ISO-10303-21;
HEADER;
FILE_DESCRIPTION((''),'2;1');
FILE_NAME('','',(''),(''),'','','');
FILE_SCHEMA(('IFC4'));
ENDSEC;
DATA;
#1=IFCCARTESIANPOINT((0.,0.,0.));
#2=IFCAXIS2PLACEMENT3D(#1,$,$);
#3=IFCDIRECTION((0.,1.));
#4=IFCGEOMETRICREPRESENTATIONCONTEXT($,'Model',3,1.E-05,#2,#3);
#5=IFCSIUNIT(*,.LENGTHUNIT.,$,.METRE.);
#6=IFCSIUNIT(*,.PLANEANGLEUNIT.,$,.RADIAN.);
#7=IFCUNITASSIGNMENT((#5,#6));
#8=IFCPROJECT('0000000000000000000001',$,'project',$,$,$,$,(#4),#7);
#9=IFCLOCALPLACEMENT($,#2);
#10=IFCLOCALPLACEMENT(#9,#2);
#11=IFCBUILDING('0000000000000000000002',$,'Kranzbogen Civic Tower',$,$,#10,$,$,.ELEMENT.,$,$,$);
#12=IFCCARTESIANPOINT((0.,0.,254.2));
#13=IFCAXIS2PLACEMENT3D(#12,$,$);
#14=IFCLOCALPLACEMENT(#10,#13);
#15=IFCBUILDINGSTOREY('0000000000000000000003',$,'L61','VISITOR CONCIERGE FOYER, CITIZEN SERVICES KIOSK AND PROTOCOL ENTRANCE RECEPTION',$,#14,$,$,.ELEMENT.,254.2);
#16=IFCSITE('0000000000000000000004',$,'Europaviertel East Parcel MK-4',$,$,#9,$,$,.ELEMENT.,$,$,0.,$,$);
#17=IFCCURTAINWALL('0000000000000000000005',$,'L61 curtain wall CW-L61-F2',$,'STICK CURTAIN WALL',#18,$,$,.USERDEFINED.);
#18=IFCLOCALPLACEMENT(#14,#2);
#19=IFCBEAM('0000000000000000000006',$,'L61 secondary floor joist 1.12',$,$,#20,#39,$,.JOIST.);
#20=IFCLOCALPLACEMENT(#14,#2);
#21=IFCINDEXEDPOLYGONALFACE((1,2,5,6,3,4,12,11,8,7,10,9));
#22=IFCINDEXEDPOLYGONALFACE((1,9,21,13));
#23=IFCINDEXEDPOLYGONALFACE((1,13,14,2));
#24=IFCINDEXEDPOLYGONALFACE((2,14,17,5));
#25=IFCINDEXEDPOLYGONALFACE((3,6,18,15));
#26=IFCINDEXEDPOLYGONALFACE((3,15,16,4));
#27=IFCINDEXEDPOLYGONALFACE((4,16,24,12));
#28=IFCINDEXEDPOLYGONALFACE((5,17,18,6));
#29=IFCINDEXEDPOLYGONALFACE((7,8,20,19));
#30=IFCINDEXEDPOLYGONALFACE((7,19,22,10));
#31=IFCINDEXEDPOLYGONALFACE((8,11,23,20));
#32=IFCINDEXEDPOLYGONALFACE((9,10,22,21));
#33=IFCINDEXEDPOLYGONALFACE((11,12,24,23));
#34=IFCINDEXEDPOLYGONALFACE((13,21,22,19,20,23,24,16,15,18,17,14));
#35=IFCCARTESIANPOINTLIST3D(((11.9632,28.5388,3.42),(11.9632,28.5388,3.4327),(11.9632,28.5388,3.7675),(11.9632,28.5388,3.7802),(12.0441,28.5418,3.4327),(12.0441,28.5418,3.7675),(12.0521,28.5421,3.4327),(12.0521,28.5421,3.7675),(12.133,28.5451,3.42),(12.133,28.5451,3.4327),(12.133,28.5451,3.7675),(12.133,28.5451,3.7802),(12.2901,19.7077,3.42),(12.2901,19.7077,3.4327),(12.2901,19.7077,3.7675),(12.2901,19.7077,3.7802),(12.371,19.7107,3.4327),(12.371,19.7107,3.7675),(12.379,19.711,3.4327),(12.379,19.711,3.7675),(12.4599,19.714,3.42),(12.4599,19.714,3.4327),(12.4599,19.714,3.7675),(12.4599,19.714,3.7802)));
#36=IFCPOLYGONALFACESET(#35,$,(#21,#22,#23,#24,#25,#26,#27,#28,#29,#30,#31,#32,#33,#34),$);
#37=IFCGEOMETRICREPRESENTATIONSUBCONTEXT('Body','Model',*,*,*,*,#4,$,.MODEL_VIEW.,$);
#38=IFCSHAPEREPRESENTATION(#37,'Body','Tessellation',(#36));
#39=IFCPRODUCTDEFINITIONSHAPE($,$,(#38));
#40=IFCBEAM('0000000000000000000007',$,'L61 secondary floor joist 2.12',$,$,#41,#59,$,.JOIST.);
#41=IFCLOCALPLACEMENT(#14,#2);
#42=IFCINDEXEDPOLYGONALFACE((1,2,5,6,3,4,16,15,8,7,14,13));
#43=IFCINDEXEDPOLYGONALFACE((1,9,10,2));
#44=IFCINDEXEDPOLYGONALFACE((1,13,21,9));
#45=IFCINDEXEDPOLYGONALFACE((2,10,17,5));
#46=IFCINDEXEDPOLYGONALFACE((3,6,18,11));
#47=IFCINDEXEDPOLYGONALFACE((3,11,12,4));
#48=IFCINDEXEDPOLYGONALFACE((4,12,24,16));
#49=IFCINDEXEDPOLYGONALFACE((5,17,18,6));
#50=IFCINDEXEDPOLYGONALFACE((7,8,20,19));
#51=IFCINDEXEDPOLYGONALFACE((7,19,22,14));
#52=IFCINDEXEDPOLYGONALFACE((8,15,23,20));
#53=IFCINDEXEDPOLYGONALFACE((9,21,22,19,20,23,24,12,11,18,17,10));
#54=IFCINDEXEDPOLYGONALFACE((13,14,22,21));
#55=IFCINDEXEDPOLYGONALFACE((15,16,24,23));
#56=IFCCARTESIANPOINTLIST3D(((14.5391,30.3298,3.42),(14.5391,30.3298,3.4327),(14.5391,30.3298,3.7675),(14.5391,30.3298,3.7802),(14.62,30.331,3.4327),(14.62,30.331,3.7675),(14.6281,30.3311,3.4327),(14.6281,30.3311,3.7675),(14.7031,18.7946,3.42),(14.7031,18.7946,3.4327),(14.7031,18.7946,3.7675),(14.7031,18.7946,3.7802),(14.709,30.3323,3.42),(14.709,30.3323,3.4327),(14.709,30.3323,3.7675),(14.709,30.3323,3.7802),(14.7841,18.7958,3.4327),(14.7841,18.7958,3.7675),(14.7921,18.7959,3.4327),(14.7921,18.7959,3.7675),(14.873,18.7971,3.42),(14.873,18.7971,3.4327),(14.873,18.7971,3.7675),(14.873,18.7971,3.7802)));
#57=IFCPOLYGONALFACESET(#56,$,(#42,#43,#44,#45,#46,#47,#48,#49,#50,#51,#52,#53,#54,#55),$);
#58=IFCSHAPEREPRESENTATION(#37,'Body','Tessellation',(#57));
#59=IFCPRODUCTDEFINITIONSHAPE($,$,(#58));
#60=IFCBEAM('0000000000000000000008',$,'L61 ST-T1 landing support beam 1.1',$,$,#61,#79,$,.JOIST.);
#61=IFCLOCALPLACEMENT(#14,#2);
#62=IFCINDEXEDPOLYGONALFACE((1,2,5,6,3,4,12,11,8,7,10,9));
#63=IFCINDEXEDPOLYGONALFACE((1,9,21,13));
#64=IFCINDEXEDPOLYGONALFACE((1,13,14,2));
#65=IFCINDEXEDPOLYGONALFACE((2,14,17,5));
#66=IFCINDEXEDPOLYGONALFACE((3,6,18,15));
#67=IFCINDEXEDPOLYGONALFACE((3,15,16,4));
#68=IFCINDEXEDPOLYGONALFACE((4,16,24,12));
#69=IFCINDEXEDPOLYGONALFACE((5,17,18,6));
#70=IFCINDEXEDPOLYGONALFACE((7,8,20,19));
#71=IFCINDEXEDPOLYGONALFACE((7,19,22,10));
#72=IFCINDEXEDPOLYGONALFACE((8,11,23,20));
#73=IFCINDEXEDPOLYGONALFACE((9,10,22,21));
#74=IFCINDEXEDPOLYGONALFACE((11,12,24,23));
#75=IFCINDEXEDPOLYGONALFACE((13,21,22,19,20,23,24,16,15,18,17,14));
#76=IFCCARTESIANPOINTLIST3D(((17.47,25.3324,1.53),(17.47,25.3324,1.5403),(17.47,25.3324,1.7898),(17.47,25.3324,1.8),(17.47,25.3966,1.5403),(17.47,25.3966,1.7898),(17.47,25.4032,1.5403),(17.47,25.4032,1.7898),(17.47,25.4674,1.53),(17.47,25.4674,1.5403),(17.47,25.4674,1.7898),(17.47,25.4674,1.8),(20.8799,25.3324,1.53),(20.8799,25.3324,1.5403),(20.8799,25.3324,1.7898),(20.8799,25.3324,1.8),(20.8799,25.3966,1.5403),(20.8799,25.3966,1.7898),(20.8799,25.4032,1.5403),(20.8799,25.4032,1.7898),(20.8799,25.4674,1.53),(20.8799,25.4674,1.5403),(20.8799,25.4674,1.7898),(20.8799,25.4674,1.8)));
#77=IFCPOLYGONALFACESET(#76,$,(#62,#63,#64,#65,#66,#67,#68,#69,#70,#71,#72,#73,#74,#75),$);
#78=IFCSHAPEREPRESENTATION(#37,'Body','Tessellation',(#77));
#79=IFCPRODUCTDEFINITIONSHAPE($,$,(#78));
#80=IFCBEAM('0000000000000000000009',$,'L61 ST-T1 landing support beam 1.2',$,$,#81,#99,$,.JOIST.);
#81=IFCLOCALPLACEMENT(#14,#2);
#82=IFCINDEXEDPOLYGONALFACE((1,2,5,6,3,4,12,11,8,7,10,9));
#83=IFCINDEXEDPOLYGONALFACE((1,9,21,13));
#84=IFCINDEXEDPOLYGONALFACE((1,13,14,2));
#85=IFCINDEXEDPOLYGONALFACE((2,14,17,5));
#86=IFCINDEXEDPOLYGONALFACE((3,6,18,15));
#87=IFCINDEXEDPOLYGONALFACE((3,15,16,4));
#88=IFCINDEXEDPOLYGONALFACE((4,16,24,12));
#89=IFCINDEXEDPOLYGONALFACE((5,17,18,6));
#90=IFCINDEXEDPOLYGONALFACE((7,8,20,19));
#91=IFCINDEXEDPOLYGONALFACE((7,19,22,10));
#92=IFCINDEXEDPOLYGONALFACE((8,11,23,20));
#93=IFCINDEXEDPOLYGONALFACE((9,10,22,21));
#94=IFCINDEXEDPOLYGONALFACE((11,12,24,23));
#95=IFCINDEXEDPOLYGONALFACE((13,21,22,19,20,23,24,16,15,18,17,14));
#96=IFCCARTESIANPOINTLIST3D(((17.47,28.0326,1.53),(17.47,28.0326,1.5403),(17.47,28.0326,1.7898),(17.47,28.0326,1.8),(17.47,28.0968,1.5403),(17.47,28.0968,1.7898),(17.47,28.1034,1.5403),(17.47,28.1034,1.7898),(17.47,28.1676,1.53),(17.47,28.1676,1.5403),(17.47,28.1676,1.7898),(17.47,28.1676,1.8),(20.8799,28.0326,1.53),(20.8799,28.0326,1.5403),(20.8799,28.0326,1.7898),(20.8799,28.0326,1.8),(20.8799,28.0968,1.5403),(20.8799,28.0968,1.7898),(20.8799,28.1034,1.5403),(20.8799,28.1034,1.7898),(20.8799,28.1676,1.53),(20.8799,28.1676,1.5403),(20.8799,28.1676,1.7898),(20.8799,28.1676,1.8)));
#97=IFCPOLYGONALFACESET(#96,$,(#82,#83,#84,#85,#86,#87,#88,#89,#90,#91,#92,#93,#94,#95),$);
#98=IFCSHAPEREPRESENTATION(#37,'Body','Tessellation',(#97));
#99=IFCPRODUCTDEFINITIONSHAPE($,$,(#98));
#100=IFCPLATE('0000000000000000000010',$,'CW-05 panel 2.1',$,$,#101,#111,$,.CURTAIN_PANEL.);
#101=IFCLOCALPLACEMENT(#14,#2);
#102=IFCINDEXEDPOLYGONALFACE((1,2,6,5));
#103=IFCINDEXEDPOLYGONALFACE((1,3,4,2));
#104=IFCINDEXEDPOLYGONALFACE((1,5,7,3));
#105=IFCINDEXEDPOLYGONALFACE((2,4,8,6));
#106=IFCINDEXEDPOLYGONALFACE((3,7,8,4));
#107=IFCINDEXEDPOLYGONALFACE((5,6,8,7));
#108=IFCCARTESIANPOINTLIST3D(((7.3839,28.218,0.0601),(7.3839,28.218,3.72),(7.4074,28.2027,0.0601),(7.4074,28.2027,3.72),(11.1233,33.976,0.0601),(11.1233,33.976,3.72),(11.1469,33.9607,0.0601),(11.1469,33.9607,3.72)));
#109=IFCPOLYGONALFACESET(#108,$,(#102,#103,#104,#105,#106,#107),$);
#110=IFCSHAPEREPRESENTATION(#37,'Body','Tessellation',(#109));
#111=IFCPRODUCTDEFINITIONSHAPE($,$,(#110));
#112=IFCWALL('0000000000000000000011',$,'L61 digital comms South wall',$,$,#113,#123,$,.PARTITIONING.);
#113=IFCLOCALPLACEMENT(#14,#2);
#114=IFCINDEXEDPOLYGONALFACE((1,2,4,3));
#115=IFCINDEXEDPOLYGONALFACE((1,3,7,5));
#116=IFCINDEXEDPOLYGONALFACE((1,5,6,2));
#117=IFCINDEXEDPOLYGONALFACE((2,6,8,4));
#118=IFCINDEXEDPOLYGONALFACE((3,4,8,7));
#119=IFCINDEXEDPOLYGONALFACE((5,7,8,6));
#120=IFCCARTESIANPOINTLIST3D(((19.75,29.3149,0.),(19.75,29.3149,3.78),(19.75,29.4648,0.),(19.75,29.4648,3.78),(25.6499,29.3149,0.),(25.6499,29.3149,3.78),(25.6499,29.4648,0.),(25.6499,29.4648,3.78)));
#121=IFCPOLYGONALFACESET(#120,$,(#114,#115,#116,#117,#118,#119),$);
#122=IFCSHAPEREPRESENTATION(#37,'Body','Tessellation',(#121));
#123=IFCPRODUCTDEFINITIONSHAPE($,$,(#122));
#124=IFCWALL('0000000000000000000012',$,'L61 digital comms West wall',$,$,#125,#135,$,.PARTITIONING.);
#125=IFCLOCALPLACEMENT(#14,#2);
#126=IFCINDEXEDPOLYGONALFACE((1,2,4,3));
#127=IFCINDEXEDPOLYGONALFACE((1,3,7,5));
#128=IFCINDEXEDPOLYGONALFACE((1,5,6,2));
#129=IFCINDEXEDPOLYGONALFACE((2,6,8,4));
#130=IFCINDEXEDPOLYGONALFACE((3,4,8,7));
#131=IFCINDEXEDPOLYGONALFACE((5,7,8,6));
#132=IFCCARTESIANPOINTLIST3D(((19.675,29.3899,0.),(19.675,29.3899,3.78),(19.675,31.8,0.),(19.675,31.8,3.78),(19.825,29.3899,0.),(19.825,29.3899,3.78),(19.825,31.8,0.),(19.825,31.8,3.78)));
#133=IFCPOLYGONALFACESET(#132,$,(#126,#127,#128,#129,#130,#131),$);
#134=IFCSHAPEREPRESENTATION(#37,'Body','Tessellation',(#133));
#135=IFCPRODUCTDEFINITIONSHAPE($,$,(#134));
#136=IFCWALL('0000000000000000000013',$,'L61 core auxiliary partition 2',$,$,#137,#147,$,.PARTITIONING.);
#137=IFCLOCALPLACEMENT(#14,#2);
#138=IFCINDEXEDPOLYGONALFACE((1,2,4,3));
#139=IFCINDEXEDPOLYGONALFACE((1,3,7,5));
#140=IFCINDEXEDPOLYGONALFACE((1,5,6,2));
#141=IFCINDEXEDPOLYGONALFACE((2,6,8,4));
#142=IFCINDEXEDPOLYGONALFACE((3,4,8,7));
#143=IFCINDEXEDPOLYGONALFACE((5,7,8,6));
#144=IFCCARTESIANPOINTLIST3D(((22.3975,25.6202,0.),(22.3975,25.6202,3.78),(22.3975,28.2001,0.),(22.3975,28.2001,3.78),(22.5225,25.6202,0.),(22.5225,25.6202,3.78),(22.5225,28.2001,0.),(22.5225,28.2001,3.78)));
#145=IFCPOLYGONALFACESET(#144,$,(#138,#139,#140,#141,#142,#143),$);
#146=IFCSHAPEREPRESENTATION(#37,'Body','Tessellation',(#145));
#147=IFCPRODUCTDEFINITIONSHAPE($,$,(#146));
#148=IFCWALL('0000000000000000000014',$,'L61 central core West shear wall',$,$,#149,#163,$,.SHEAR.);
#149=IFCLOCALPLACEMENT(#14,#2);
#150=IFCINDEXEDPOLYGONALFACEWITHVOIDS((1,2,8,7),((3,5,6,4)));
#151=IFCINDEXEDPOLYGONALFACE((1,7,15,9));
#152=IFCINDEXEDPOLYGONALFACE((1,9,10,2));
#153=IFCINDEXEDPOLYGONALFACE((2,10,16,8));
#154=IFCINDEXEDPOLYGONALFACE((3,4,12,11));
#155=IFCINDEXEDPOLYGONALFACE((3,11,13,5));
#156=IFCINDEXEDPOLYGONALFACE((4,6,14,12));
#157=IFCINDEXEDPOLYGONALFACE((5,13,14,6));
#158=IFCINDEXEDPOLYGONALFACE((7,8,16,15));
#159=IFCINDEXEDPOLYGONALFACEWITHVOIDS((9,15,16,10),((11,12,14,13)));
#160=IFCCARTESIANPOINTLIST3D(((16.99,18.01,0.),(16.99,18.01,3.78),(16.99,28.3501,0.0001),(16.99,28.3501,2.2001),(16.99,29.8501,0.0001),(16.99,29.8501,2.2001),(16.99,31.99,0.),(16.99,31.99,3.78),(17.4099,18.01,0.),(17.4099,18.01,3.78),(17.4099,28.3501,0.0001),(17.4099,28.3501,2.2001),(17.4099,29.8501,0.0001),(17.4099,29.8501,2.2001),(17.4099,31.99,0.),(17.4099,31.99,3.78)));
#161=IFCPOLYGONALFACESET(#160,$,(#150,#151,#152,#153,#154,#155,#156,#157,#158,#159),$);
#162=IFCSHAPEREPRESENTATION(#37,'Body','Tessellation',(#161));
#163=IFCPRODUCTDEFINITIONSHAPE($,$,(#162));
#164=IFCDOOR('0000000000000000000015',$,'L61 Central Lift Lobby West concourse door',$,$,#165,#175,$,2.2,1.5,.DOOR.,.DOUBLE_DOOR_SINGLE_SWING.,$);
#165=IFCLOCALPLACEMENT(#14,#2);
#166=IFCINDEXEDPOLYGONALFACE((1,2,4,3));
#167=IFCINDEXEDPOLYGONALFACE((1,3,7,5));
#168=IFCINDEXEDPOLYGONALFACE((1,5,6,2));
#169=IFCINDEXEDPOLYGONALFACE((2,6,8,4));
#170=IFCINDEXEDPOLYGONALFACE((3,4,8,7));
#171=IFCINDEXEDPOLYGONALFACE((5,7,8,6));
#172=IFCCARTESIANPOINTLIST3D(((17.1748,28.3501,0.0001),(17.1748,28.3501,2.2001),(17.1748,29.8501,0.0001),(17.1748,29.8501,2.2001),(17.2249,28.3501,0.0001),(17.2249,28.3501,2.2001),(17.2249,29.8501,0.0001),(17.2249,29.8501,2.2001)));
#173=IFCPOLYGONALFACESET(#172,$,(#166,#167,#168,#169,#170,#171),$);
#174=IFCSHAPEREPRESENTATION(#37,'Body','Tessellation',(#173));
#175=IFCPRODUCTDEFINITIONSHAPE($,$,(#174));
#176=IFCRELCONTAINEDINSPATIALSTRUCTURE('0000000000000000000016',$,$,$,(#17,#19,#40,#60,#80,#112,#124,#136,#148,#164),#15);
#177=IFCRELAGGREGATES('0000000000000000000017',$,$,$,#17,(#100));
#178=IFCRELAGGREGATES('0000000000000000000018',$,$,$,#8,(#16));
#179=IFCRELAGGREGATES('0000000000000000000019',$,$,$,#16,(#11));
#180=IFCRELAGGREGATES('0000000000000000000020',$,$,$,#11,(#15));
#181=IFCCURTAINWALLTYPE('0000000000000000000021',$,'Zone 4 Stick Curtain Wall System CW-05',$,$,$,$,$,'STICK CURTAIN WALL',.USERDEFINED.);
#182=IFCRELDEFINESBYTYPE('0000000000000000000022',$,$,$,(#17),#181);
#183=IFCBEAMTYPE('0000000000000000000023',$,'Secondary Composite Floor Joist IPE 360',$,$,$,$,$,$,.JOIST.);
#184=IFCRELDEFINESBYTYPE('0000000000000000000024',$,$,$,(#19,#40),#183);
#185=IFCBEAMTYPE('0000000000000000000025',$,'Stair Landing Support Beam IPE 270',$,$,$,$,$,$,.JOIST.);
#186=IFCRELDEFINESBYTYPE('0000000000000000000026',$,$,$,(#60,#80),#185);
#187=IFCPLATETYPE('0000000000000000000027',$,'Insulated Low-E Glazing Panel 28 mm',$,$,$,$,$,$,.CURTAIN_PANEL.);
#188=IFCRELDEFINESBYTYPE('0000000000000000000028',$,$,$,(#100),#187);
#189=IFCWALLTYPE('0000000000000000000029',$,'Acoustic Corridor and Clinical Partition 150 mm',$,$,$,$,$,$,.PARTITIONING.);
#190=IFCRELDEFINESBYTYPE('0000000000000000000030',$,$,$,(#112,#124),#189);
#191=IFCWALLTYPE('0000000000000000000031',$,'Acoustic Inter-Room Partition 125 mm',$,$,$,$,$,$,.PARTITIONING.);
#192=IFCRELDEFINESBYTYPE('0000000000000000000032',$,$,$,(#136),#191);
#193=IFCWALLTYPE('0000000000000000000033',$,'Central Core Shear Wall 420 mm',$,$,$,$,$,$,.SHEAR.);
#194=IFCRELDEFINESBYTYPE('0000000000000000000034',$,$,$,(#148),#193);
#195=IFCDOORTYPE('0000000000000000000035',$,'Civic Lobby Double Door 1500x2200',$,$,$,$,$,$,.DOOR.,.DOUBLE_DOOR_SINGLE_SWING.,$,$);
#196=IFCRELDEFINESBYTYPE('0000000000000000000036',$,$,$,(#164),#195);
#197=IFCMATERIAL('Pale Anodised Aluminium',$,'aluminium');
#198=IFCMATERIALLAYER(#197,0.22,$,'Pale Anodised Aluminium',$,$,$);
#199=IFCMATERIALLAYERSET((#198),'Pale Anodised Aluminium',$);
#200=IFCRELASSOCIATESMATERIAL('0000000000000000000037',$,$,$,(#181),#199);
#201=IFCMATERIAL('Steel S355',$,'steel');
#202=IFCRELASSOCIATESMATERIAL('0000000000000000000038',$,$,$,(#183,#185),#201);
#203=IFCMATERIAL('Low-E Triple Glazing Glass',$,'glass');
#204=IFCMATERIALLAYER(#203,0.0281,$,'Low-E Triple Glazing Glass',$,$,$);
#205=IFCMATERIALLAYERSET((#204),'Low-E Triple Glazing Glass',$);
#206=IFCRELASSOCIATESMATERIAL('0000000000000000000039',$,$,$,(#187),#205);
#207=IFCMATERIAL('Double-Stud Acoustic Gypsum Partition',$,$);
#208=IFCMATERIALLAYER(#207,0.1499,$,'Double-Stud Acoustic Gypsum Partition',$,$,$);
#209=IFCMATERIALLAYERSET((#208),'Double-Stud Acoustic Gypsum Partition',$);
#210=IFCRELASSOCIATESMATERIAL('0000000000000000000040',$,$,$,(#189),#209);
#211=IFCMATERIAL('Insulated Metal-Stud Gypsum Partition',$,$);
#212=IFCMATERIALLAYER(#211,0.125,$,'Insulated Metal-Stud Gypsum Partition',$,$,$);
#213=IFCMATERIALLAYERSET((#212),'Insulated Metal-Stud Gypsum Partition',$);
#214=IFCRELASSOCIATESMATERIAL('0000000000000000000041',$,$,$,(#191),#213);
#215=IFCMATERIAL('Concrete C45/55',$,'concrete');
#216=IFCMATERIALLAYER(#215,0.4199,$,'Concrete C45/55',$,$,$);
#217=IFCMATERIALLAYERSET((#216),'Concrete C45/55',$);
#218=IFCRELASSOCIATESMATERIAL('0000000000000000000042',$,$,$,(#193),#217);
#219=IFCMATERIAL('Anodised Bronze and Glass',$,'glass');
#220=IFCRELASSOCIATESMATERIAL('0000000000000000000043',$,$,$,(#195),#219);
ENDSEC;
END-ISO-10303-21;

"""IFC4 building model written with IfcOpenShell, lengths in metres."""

from ifc_helpers import new_model, si_unit, direction, frame, frame_2d, origin, origin_2d, place, context, subcontext, project, spatial, rectangle, i_section, extrude, material, layer, layer_set, material_profile, profile_set, type_object, element, fill, aggregate, save


model = new_model("IFC4")

# Units and contexts
model_context = context("Model", 3, precision=1e-05, world=origin(), true_north=direction((0.0, 1.0)))
body_context = subcontext(model_context, "Body", "Model", "MODEL_VIEW")
ifc_project = project(units=[si_unit("LENGTHUNIT", "METRE"), si_unit("PLANEANGLEUNIT", "RADIAN")], contexts=[model_context])

# Site, building, storey
site_placement = place(None, origin())
site = spatial("IfcSite", under=ifc_project, at=site_placement, Name="Europaviertel East Parcel MK-4", CompositionType="ELEMENT", RefElevation=0.0)
building_placement = place(site_placement, origin())
building = spatial("IfcBuilding", under=site, at=building_placement, Name="Kranzbogen Civic Tower", CompositionType="ELEMENT")
storey_placement = place(building_placement, frame((0.0, 0.0, 254.2)))
storey = spatial("IfcBuildingStorey", under=building, at=storey_placement, Name="L61", Description="VISITOR CONCIERGE FOYER, CITIZEN SERVICES KIOSK AND PROTOCOL ENTRANCE RECEPTION", CompositionType="ELEMENT", Elevation=254.2)

# Shared definitions
ifc_material_1 = material(Name="Steel S355", Category="steel")

# Curtain wall
ifc_material_2 = material(Name="Pale Anodised Aluminium", Category="aluminium")
ifc_layer_1 = layer(ifc_material_2, 0.22, Name="Pale Anodised Aluminium")
ifc_layer_set_1 = layer_set([ifc_layer_1], Name="Pale Anodised Aluminium")
curtain_wall_type = type_object("IfcCurtainWallType", Name="Zone 4 Stick Curtain Wall System CW-05", ElementType="STICK CURTAIN WALL", PredefinedType="USERDEFINED", material=ifc_layer_set_1)
curtain_wall_1_placement = place(storey_placement, origin())
curtain_wall_1 = element("IfcCurtainWall", 1, at=curtain_wall_1_placement, inside=storey, type_object=curtain_wall_type, Name="L61 curtain wall CW-L61-F2", ObjectType="STICK CURTAIN WALL", PredefinedType="USERDEFINED")

# Beams
ifc_material_profile_1 = material_profile(ifc_material_1, i_section(OverallWidth=0.1699, OverallDepth=0.3601, WebThickness=0.0081, FlangeThickness=0.0127, at=origin_2d()), Name="IPE 360")
ifc_profile_set_1 = profile_set([ifc_material_profile_1], Name="Steel S355")
beam_type_1 = type_object("IfcBeamType", Name="Secondary Composite Floor Joist IPE 360", PredefinedType="JOIST", material=ifc_profile_set_1)
beam_1_placement = place(storey_placement, frame((12.0481, 28.542, 3.6001), z_axis=(0.036992, -0.999316, 0.0), x_axis=(0.999316, 0.036992, 0.0)))
element("IfcBeam", 2, at=beam_1_placement, inside=storey, type_object=beam_type_1, Name="L61 secondary floor joist 1.12", PredefinedType="JOIST", context=body_context, shape_type="SweptSolid", body=[
    extrude(i_section(OverallWidth=0.1699, OverallDepth=0.3601, WebThickness=0.0081, FlangeThickness=0.0127, at=origin_2d()), origin(), (0.0, 0.0, 1.0), 8.8372),
])
beam_2_placement = place(storey_placement, frame((14.624, 30.3311, 3.6001), z_axis=(0.014221, -0.999899, 0.0), x_axis=(0.999899, 0.014221, 0.0)))
element("IfcBeam", 3, at=beam_2_placement, inside=storey, type_object=beam_type_1, Name="L61 secondary floor joist 2.12", PredefinedType="JOIST", context=body_context, shape_type="SweptSolid", body=[
    extrude(i_section(OverallWidth=0.1699, OverallDepth=0.3601, WebThickness=0.0081, FlangeThickness=0.0127, at=origin_2d()), origin(), (0.0, 0.0, 1.0), 11.5364),
])
ifc_material_profile_2 = material_profile(ifc_material_1, i_section(OverallWidth=0.135, OverallDepth=0.27, WebThickness=0.0066, FlangeThickness=0.0103, at=origin_2d()), Name="IPE 270")
ifc_profile_set_2 = profile_set([ifc_material_profile_2], Name="Steel S355")
beam_type_2 = type_object("IfcBeamType", Name="Stair Landing Support Beam IPE 270", PredefinedType="JOIST", material=ifc_profile_set_2)
for number, where, z_axis, x_axis, name in (
    (4, (20.8799, 25.3999, 1.665), (-1.0, 0.0, 0.0), (0.0, -1.0, 0.0), "L61 ST-T1 landing support beam 1.1"),
    (5, (20.8799, 28.1001, 1.665), (-1.0, 0.0, 0.0), (0.0, -1.0, 0.0), "L61 ST-T1 landing support beam 1.2"),
):
    element("IfcBeam", number, at=place(storey_placement, frame(where, z_axis=z_axis, x_axis=x_axis)), inside=storey, type_object=beam_type_2, Name=name, PredefinedType="JOIST", context=body_context, shape_type="SweptSolid", body=[
        extrude(i_section(OverallWidth=0.135, OverallDepth=0.27, WebThickness=0.0066, FlangeThickness=0.0103, at=origin_2d()), origin(), (0.0, 0.0, 1.0), 3.4099),
    ])

# Plate
ifc_material_3 = material(Name="Low-E Triple Glazing Glass", Category="glass")
ifc_layer_2 = layer(ifc_material_3, 0.0281, Name="Low-E Triple Glazing Glass")
ifc_layer_set_2 = layer_set([ifc_layer_2], Name="Low-E Triple Glazing Glass")
plate_type = type_object("IfcPlateType", Name="Insulated Low-E Glazing Panel 28 mm", PredefinedType="CURTAIN_PANEL", material=ifc_layer_set_2)
plate_placement = place(storey_placement, frame((9.2654, 31.0894, 0.0601), z_axis=(0.0, 0.0, 1.0), x_axis=(-0.544657, -0.838659, 0.0)))
plate = element("IfcPlate", 6, at=plate_placement, type_object=plate_type, Name="CW-05 panel 2.1", PredefinedType="CURTAIN_PANEL", context=body_context, shape_type="SweptSolid", body=[
    extrude(rectangle(XDim=6.8657, YDim=0.0281, at=origin_2d()), origin(), (0.0, 0.0, 1.0), 3.6599),
])
aggregate(curtain_wall_1, [plate])

# Walls
ifc_material_4 = material(Name="Double-Stud Acoustic Gypsum Partition")
ifc_layer_3 = layer(ifc_material_4, 0.1499, Name="Double-Stud Acoustic Gypsum Partition")
ifc_layer_set_3 = layer_set([ifc_layer_3], Name="Double-Stud Acoustic Gypsum Partition")
wall_type_1 = type_object("IfcWallType", Name="Acoustic Corridor and Clinical Partition 150 mm", PredefinedType="PARTITIONING", material=ifc_layer_set_3)
wall_1_placement = place(storey_placement, frame((19.75, 29.3899, 0.0), z_axis=(0.0, 0.0, 1.0), x_axis=(1.0, 0.0, 0.0)))
element("IfcWall", 7, at=wall_1_placement, inside=storey, type_object=wall_type_1, Name="L61 digital comms South wall", PredefinedType="PARTITIONING", context=body_context, shape_type="SweptSolid", body=[
    extrude(rectangle(XDim=5.8999, YDim=0.1499, at=frame_2d((2.95, 0.0))), origin(), (0.0, 0.0, 1.0), 3.78),
])
wall_2_placement = place(storey_placement, frame((19.75, 29.3899, 0.0), z_axis=(0.0, 0.0, 1.0), x_axis=(0.0, 1.0, 0.0)))
element("IfcWall", 8, at=wall_2_placement, inside=storey, type_object=wall_type_1, Name="L61 digital comms West wall", PredefinedType="PARTITIONING", context=body_context, shape_type="SweptSolid", body=[
    extrude(rectangle(XDim=2.4102, YDim=0.1499, at=frame_2d((1.2051, 0.0))), origin(), (0.0, 0.0, 1.0), 3.78),
])

# Shared definitions
ifc_material_5 = material(Name="Insulated Metal-Stud Gypsum Partition")
ifc_layer_4 = layer(ifc_material_5, 0.125, Name="Insulated Metal-Stud Gypsum Partition")
ifc_layer_set_4 = layer_set([ifc_layer_4], Name="Insulated Metal-Stud Gypsum Partition")
wall_type_2 = type_object("IfcWallType", Name="Acoustic Inter-Room Partition 125 mm", PredefinedType="PARTITIONING", material=ifc_layer_set_4)

# Wall
wall_3_placement = place(storey_placement, frame((22.46, 25.6201, 0.0), z_axis=(0.0, 0.0, 1.0), x_axis=(0.0, 1.0, 0.0)))
element("IfcWall", 9, at=wall_3_placement, inside=storey, type_object=wall_type_2, Name="L61 core auxiliary partition 2", PredefinedType="PARTITIONING", context=body_context, shape_type="SweptSolid", body=[
    extrude(rectangle(XDim=2.5798, YDim=0.125, at=frame_2d((1.29, 0.0))), origin(), (0.0, 0.0, 1.0), 3.78),
])

# Wall, opening, door
ifc_material_6 = material(Name="Concrete C45/55", Category="concrete")
ifc_layer_5 = layer(ifc_material_6, 0.4199, Name="Concrete C45/55")
ifc_layer_set_5 = layer_set([ifc_layer_5], Name="Concrete C45/55")
wall_type_3 = type_object("IfcWallType", Name="Central Core Shear Wall 420 mm", PredefinedType="SHEAR", material=ifc_layer_set_5)
wall_4_placement = place(storey_placement, frame((17.2, 31.99, 0.0), z_axis=(0.0, 0.0, 1.0), x_axis=(0.0, -1.0, 0.0)))
wall_4 = element("IfcWall", 10, at=wall_4_placement, inside=storey, type_object=wall_type_3, Name="L61 central core West shear wall", PredefinedType="SHEAR", context=body_context, shape_type="SweptSolid", body=[
    extrude(rectangle(XDim=13.98, YDim=0.4199, at=frame_2d((6.99, 0.0))), origin(), (0.0, 0.0, 1.0), 3.78),
])
opening_1_placement = place(wall_4_placement, frame((2.1399, 0.0, 0.0)))
opening_1 = element("IfcOpeningElement", 11, at=opening_1_placement, cuts=wall_4, PredefinedType="OPENING", context=body_context, shape_type="SweptSolid", body=[
    extrude(rectangle(XDim=1.5, YDim=2.2, at=frame_2d((0.75, 1.1001))), frame((0.0, 0.22, 0.0), z_axis=(0.0, -1.0, 0.0), x_axis=(1.0, 0.0, 0.0)), (0.0, 0.0, 1.0), 0.4399),
])
ifc_material_7 = material(Name="Anodised Bronze and Glass", Category="glass")
door_type_1 = type_object("IfcDoorType", Name="Civic Lobby Double Door 1500x2200", OperationType="DOUBLE_DOOR_SINGLE_SWING", PredefinedType="DOOR", material=ifc_material_7)
door_1_placement = place(opening_1_placement, origin())
door_1 = element("IfcDoor", 12, at=door_1_placement, inside=storey, type_object=door_type_1, Name="L61 Central Lift Lobby West concourse door", OperationType="DOUBLE_DOOR_SINGLE_SWING", OverallHeight=2.2, OverallWidth=1.5, PredefinedType="DOOR", context=body_context, shape_type="SweptSolid", body=[
    extrude(rectangle(XDim=1.5, YDim=2.2, at=frame_2d((0.75, 1.1001))), frame((0.0, 0.0249, 0.0), z_axis=(0.0, -1.0, 0.0), x_axis=(1.0, 0.0, 0.0)), (0.0, 0.0, 1.0), 0.05),
])
fill(opening_1, door_1)

save(model, "model.ifc")
